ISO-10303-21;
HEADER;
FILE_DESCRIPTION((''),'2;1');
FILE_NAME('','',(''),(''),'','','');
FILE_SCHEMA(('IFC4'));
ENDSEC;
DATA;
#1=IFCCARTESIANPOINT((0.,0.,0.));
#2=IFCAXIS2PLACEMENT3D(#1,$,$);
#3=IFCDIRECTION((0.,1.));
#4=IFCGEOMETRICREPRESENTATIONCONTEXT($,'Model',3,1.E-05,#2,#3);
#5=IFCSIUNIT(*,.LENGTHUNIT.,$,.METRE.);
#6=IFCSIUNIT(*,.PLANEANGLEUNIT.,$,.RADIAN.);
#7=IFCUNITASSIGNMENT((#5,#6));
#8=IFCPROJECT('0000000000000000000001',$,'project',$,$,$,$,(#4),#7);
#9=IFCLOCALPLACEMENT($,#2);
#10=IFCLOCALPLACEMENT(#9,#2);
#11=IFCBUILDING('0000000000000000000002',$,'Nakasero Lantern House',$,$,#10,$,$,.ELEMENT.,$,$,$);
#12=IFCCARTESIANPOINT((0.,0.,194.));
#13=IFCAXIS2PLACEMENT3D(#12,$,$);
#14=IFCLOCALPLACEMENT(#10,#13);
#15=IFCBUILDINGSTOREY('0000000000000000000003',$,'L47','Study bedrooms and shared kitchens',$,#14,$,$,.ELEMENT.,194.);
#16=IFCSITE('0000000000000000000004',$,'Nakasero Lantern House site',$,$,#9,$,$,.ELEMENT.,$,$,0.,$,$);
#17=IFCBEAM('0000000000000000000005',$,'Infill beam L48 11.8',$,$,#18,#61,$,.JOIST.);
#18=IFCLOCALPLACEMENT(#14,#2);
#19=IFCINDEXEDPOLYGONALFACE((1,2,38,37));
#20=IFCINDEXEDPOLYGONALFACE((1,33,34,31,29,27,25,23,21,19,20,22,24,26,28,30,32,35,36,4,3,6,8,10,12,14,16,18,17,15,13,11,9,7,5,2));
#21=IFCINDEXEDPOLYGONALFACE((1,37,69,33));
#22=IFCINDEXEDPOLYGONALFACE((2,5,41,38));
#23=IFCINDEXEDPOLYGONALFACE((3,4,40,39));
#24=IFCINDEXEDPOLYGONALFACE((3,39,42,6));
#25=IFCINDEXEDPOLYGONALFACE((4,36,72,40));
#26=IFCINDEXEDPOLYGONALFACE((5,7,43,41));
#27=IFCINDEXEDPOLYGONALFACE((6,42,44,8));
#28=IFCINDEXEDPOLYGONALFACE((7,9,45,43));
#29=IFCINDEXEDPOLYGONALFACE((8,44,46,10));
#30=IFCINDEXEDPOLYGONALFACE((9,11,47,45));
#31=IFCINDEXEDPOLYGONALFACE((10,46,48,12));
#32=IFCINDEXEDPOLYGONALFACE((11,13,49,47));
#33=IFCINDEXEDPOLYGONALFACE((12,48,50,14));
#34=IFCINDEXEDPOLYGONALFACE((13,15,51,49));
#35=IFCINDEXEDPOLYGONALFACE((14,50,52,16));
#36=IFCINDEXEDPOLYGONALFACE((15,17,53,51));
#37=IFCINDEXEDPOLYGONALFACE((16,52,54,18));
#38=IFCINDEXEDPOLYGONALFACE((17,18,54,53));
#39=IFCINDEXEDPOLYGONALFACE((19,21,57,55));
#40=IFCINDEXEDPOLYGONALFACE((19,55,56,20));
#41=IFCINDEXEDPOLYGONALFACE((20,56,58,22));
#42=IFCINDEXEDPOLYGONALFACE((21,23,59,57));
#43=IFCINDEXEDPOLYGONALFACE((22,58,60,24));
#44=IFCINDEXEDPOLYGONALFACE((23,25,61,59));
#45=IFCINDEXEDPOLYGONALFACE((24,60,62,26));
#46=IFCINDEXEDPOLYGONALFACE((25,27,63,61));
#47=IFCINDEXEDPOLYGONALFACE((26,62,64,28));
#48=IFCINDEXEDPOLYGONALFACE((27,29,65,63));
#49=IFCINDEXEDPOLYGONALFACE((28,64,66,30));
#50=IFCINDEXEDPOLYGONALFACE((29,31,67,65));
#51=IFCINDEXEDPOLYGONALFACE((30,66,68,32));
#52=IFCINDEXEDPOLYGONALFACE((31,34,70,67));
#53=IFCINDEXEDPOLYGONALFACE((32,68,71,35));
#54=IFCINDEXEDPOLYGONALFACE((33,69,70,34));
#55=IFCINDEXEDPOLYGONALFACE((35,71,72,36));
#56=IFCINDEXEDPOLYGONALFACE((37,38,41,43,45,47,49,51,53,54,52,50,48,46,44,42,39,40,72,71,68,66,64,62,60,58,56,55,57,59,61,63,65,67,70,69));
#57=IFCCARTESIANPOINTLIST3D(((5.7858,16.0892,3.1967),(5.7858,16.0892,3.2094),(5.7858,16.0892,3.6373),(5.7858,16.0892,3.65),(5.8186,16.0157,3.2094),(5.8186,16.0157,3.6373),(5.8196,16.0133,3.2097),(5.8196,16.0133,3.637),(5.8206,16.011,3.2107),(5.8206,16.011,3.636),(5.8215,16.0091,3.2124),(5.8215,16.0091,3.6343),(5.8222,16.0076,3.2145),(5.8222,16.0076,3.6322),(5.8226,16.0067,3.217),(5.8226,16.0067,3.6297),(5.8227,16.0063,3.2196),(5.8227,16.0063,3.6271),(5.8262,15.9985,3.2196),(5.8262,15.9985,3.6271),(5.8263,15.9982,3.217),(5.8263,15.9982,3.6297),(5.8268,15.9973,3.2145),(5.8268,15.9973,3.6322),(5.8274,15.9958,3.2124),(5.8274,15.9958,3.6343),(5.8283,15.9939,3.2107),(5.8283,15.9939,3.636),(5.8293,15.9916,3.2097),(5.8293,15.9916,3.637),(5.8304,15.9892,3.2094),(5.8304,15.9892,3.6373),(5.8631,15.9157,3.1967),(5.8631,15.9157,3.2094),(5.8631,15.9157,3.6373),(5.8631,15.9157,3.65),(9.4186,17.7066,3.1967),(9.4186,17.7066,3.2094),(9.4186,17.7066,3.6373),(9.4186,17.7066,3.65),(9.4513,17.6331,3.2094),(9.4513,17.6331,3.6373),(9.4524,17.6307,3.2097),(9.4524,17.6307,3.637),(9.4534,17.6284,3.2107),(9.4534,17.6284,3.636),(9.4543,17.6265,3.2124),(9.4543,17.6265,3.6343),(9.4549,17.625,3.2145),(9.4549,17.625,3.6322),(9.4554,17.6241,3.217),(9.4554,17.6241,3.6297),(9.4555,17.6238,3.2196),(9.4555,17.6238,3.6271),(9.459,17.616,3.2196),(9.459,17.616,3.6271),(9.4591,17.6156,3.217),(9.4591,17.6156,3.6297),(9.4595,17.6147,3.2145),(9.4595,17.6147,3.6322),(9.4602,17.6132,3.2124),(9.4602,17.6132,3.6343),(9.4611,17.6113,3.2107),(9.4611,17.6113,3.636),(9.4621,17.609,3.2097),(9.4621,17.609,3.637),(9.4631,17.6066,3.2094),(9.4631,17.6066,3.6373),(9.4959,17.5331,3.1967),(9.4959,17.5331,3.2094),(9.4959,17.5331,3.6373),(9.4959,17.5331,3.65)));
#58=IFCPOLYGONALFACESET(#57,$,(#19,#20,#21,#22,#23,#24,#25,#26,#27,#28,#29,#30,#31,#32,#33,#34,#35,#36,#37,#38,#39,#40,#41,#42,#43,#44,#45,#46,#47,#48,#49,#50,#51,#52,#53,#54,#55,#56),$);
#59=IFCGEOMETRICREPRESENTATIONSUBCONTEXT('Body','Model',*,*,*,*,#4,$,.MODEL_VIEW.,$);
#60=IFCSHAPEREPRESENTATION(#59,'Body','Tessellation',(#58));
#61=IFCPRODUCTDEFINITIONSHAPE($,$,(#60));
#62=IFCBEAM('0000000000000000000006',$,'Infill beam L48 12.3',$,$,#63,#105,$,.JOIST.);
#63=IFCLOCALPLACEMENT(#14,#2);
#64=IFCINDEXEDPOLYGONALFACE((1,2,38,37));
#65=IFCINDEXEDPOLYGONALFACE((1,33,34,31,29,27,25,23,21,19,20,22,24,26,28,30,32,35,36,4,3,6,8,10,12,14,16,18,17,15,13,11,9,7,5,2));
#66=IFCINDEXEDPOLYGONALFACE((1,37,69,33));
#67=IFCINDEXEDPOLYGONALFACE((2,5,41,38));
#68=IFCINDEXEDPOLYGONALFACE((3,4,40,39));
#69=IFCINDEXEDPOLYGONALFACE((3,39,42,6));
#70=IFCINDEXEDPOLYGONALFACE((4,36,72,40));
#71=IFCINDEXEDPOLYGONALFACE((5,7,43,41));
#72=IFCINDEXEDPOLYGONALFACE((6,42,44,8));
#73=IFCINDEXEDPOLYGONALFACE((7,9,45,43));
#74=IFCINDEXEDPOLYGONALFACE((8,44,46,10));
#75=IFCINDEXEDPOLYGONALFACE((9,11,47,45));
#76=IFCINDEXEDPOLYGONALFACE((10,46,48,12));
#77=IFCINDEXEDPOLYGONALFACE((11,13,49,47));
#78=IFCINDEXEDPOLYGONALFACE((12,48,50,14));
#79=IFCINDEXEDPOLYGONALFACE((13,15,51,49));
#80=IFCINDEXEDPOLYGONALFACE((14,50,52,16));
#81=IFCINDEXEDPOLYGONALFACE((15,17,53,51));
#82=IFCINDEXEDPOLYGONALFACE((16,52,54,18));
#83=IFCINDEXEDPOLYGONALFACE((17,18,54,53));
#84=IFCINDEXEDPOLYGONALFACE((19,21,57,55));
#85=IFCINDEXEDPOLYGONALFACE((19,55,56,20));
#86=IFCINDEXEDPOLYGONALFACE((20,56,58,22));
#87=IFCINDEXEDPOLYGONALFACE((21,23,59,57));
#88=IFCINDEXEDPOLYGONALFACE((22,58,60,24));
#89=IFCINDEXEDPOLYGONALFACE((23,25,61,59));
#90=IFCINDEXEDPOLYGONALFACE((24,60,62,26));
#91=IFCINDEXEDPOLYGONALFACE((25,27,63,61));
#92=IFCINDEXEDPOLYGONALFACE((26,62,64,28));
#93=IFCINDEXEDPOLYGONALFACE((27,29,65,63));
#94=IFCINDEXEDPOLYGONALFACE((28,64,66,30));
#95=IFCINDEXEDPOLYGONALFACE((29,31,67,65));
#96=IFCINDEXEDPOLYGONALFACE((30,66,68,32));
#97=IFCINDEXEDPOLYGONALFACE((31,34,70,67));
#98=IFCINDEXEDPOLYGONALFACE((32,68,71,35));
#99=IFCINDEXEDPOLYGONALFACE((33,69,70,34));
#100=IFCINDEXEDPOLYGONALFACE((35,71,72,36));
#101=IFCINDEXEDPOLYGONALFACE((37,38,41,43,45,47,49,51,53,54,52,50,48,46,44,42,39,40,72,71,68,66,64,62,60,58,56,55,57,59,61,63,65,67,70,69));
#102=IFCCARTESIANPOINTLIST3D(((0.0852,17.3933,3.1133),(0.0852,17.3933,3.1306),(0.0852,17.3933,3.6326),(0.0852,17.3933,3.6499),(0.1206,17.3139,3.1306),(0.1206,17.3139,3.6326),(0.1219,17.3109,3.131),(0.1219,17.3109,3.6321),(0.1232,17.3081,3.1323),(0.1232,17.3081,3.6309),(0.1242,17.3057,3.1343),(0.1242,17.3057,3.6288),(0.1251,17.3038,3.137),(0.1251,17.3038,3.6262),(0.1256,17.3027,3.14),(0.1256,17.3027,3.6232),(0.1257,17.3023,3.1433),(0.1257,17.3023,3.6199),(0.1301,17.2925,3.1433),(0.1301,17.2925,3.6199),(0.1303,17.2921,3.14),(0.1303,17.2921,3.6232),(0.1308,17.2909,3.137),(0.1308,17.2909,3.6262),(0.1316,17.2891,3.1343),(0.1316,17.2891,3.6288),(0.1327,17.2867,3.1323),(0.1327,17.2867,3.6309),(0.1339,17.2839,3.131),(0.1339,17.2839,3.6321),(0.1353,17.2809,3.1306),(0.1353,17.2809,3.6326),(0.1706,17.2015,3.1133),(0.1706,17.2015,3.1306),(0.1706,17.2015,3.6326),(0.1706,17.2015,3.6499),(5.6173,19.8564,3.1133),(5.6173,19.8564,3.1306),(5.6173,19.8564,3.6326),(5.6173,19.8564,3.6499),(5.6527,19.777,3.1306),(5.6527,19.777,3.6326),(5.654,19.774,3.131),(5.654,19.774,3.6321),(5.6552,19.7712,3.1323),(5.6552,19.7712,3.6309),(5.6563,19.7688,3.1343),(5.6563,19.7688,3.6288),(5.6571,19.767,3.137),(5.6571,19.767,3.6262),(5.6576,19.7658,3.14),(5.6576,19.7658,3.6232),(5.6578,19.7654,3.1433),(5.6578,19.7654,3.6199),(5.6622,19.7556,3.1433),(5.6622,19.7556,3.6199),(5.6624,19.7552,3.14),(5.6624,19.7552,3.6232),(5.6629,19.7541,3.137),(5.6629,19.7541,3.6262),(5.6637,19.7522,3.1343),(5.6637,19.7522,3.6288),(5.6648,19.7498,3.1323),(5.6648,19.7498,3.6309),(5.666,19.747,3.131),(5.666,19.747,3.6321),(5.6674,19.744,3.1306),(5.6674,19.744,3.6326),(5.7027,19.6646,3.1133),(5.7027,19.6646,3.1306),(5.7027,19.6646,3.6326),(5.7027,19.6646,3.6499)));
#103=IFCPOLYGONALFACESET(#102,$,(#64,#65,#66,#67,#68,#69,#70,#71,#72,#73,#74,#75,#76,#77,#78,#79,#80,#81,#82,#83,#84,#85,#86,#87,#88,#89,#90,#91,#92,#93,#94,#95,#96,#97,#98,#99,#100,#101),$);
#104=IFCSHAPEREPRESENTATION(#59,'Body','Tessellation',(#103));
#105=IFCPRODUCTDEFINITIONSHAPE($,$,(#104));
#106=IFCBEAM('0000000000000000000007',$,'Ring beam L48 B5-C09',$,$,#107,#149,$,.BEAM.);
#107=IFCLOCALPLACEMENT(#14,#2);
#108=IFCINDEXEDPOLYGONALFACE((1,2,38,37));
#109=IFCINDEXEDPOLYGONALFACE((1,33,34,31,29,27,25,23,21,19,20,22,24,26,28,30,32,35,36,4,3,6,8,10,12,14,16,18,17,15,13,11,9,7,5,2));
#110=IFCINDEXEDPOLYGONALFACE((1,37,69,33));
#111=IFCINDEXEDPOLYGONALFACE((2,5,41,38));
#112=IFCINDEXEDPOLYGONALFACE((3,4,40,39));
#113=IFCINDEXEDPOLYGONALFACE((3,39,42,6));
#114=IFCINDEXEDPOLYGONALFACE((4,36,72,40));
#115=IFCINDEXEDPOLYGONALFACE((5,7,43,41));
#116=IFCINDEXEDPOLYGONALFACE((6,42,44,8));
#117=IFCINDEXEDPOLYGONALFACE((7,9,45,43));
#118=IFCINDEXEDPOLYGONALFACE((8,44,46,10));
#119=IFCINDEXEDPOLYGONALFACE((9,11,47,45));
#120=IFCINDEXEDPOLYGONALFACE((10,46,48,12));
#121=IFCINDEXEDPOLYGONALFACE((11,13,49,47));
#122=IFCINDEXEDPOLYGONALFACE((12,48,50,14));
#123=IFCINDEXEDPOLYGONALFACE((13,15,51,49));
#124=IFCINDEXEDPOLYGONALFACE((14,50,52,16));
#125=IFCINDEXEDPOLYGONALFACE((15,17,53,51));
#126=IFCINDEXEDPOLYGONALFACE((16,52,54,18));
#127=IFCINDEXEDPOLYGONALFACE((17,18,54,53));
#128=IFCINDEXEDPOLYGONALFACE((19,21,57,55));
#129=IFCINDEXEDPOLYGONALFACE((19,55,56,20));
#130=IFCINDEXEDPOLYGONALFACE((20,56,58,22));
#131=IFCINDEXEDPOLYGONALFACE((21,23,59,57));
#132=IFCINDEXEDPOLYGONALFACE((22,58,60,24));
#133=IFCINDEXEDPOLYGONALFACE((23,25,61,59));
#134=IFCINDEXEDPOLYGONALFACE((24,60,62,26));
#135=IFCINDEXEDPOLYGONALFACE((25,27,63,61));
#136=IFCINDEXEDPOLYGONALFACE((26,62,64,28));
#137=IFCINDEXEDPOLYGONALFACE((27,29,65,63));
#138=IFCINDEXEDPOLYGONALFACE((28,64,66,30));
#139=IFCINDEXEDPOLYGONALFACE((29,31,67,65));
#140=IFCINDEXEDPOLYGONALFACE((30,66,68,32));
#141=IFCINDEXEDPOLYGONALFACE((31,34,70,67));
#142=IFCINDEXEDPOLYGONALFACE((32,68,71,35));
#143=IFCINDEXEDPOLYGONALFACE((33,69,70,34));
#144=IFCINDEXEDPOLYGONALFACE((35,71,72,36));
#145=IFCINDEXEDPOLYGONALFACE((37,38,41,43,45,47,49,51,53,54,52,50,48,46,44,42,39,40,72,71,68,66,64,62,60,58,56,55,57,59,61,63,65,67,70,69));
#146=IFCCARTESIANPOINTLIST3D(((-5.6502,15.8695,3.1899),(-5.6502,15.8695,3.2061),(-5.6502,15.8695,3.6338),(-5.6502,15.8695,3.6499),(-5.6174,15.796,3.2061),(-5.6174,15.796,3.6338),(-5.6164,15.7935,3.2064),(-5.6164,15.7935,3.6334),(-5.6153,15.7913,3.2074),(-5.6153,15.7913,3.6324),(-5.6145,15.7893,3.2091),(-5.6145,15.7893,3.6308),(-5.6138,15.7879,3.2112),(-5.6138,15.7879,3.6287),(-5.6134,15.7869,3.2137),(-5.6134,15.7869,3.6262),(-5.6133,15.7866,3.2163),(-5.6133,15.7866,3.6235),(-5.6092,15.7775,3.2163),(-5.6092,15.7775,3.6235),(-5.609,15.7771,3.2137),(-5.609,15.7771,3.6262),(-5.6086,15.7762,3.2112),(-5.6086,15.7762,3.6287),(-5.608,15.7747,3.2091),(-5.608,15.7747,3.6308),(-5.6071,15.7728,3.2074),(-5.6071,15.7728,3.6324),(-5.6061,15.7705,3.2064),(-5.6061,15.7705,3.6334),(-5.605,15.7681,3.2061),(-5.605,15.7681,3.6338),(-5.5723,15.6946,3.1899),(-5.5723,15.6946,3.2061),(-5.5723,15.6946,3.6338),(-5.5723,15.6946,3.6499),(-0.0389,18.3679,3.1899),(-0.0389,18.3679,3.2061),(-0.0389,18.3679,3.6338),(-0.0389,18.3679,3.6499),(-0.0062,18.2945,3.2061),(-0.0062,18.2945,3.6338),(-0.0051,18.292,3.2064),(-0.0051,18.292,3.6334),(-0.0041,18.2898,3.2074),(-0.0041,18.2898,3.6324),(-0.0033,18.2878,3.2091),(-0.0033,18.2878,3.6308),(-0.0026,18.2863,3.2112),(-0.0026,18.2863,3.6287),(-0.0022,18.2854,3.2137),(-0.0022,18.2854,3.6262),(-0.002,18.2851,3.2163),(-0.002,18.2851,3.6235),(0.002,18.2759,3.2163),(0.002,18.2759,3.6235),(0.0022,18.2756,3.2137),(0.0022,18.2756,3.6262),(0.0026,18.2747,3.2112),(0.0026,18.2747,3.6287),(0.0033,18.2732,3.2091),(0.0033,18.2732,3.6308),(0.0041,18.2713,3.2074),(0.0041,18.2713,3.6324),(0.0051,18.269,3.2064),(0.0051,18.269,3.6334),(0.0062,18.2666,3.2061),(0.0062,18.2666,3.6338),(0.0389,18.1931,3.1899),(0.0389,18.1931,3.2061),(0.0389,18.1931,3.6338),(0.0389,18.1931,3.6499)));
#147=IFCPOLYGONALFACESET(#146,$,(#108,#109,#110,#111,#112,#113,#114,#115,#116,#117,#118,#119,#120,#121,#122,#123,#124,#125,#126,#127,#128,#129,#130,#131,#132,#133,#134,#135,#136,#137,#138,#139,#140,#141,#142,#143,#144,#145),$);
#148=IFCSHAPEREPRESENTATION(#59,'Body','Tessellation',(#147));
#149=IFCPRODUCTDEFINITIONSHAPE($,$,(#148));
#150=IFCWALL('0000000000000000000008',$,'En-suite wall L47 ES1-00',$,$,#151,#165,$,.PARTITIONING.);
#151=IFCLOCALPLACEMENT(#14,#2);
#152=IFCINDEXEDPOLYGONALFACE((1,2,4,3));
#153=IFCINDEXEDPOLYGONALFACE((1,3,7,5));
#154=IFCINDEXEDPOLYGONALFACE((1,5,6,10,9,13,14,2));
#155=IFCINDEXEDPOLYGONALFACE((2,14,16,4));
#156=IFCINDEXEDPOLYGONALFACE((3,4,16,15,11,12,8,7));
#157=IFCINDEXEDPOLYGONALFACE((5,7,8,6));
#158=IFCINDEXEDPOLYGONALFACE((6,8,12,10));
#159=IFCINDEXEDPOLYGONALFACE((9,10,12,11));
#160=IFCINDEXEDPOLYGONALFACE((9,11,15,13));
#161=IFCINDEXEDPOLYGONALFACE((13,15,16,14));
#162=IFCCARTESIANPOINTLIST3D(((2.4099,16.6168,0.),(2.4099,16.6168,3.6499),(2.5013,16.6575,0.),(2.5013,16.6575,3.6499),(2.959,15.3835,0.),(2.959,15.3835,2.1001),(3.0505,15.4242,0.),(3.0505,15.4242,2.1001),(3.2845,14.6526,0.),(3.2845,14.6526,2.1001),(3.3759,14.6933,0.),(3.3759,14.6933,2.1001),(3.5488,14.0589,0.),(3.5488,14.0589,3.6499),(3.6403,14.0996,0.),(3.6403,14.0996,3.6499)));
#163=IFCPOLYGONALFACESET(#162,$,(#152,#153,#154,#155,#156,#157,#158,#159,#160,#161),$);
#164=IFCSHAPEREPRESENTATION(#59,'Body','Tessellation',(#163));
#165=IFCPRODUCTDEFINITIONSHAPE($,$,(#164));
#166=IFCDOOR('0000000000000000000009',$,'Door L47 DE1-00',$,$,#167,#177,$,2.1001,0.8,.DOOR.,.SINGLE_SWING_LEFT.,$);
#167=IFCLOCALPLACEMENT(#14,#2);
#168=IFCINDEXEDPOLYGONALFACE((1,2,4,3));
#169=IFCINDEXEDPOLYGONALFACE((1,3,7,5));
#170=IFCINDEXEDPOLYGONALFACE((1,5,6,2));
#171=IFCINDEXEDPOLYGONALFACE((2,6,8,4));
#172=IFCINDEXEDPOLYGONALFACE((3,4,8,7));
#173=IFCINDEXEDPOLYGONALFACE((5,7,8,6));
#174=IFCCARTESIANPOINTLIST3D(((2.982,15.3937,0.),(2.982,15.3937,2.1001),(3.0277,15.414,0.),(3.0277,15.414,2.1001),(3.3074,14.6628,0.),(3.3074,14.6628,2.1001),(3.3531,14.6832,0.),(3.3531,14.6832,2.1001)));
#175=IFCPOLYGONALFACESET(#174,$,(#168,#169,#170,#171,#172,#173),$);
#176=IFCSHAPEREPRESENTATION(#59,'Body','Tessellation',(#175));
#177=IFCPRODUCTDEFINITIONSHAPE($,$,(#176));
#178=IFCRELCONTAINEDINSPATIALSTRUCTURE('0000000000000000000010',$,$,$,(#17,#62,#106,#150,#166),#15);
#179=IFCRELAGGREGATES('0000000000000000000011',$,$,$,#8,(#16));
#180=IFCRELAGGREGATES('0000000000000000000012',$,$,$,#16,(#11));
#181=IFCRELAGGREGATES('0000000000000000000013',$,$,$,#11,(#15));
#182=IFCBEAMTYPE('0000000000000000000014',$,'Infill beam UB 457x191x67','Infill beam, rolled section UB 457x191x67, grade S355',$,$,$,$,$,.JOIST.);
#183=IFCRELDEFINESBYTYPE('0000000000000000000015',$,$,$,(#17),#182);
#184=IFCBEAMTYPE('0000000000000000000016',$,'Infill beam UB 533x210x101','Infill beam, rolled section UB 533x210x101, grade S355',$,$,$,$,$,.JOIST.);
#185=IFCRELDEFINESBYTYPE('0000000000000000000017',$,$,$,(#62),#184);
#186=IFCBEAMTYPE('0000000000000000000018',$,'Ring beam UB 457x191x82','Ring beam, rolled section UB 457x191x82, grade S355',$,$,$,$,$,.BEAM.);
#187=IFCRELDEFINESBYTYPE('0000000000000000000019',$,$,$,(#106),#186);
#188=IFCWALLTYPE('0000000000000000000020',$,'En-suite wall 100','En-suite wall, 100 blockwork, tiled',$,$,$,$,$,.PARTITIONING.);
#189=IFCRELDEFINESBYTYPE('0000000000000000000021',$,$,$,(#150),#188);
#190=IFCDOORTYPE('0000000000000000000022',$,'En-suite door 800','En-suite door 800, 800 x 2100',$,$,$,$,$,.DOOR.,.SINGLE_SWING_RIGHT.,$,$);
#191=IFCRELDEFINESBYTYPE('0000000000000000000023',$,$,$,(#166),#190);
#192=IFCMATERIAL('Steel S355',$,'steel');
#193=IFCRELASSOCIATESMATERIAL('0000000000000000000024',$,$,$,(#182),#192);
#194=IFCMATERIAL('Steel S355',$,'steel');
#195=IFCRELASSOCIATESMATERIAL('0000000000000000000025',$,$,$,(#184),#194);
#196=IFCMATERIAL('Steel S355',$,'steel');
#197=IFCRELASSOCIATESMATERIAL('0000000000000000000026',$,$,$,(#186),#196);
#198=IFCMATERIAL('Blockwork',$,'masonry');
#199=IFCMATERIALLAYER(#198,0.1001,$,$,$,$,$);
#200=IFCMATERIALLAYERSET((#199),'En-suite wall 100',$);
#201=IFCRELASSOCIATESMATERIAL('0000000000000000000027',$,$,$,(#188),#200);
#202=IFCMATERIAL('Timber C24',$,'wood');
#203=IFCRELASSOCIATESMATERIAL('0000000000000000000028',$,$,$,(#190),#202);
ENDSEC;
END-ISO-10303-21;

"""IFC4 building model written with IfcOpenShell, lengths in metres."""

from ifc_helpers import new_model, si_unit, direction, frame, frame_2d, origin, origin_2d, place, context, subcontext, project, spatial, rectangle, i_section, extrude, material, layer, layer_set, material_profile, profile_set, type_object, element, fill, save


model = new_model("IFC4")

# Units and contexts
model_context = context("Model", 3, precision=1e-05, world=origin(), true_north=direction((0.0, 1.0)))
body_context = subcontext(model_context, "Body", "Model", "MODEL_VIEW")
ifc_project = project(units=[si_unit("LENGTHUNIT", "METRE"), si_unit("PLANEANGLEUNIT", "RADIAN")], contexts=[model_context])

# Site, building, storey
site_placement = place(None, origin())
site = spatial("IfcSite", under=ifc_project, at=site_placement, Name="Nakasero Lantern House site", CompositionType="ELEMENT", RefElevation=0.0)
building_placement = place(site_placement, origin())
building = spatial("IfcBuilding", under=site, at=building_placement, Name="Nakasero Lantern House", CompositionType="ELEMENT")
storey_placement = place(building_placement, frame((0.0, 0.0, 194.0)))
storey = spatial("IfcBuildingStorey", under=building, at=storey_placement, Name="L47", Description="Study bedrooms and shared kitchens", CompositionType="ELEMENT", Elevation=194.0)

# Beams
ifc_material_1 = material(Name="Steel S355", Category="steel")
ifc_material_profile_1 = material_profile(ifc_material_1, i_section(OverallWidth=0.1899, OverallDepth=0.4534, WebThickness=0.0085, FlangeThickness=0.0127, FilletRadius=0.0103, at=origin_2d()), Name="UB 457x191x67")
ifc_profile_set_1 = profile_set([ifc_material_profile_1], Name="Steel S355")
beam_type_1 = type_object("IfcBeamType", Name="Infill beam UB 457x191x67", Description="Infill beam, rolled section UB 457x191x67, grade S355", PredefinedType="JOIST", material=ifc_profile_set_1)
beam_1_placement = place(storey_placement, frame((5.8245, 16.0024, 3.4233), z_axis=(0.913546, 0.406736, 0.0), x_axis=(-0.406736, 0.913546, 0.0)))
element("IfcBeam", 1, at=beam_1_placement, inside=storey, type_object=beam_type_1, Name="Infill beam L48 11.8", PredefinedType="JOIST", context=body_context, shape_type="SweptSolid", body=[
    extrude(i_section(OverallWidth=0.1899, OverallDepth=0.4534, WebThickness=0.0085, FlangeThickness=0.0127, FilletRadius=0.0103, at=origin_2d()), origin(), (0.0, 0.0, 1.0), 3.9766),
])
ifc_material_2 = material(Name="Steel S355", Category="steel")
ifc_material_profile_2 = material_profile(ifc_material_2, i_section(OverallWidth=0.21, OverallDepth=0.5366, WebThickness=0.0107, FlangeThickness=0.0173, FilletRadius=0.0127, at=origin_2d()), Name="UB 533x210x101")
ifc_profile_set_2 = profile_set([ifc_material_profile_2], Name="Steel S355")
beam_type_2 = type_object("IfcBeamType", Name="Infill beam UB 533x210x101", Description="Infill beam, rolled section UB 533x210x101, grade S355", PredefinedType="JOIST", material=ifc_profile_set_2)
beam_2_placement = place(storey_placement, frame((0.1279, 17.2974, 3.3816), z_axis=(0.913537, 0.406756, 0.0), x_axis=(-0.406756, 0.913537, 0.0)))
element("IfcBeam", 2, at=beam_2_placement, inside=storey, type_object=beam_type_2, Name="Infill beam L48 12.3", PredefinedType="JOIST", context=body_context, shape_type="SweptSolid", body=[
    extrude(i_section(OverallWidth=0.21, OverallDepth=0.5366, WebThickness=0.0107, FlangeThickness=0.0173, FilletRadius=0.0127, at=origin_2d()), origin(), (0.0, 0.0, 1.0), 6.0557),
])
ifc_material_3 = material(Name="Steel S355", Category="steel")
ifc_material_profile_3 = material_profile(ifc_material_3, i_section(OverallWidth=0.1914, OverallDepth=0.46, WebThickness=0.01, FlangeThickness=0.0161, FilletRadius=0.0103, at=origin_2d()), Name="UB 457x191x82")
ifc_profile_set_3 = profile_set([ifc_material_profile_3], Name="Steel S355")
beam_type_3 = type_object("IfcBeamType", Name="Ring beam UB 457x191x82", Description="Ring beam, rolled section UB 457x191x82, grade S355", PredefinedType="BEAM", material=ifc_profile_set_3)
beam_3_placement = place(storey_placement, frame((0.0, 18.2805, 3.4199), z_axis=(-0.913533, -0.406765, 0.0), x_axis=(0.406765, -0.913533, 0.0)))
element("IfcBeam", 3, at=beam_3_placement, inside=storey, type_object=beam_type_3, Name="Ring beam L48 B5-C09", PredefinedType="BEAM", context=body_context, shape_type="SweptSolid", body=[
    extrude(i_section(OverallWidth=0.1914, OverallDepth=0.46, WebThickness=0.01, FlangeThickness=0.0161, FilletRadius=0.0103, at=origin_2d()), origin(), (0.0, 0.0, 1.0), 6.1423),
])

# Wall, opening, door
ifc_material_4 = material(Name="Blockwork", Category="masonry")
ifc_layer_1 = layer(ifc_material_4, 0.1001)
ifc_layer_set_1 = layer_set([ifc_layer_1], Name="En-suite wall 100")
wall_type_1 = type_object("IfcWallType", Name="En-suite wall 100", Description="En-suite wall, 100 blockwork, tiled", PredefinedType="PARTITIONING", material=ifc_layer_set_1)
wall_1_placement = place(storey_placement, frame((3.5945, 14.0793, 0.0), z_axis=(0.0, 0.0, 1.0), x_axis=(-0.406761, 0.913534, 0.0)))
wall_1 = element("IfcWall", 4, at=wall_1_placement, inside=storey, type_object=wall_type_1, Name="En-suite wall L47 ES1-00", PredefinedType="PARTITIONING", context=body_context, shape_type="SweptSolid", body=[
    extrude(rectangle(XDim=2.8, YDim=0.1001, at=frame_2d((1.3999, 0.0))), origin(), (0.0, 0.0, 1.0), 3.6499),
])
opening_1_placement = place(wall_1_placement, frame((0.6499, 0.0, 0.0)))
opening_1 = element("IfcOpeningElement", 5, at=opening_1_placement, cuts=wall_1, PredefinedType="OPENING", context=body_context, shape_type="SweptSolid", body=[
    extrude(rectangle(XDim=0.8, YDim=2.1001, at=frame_2d((0.3999, 1.05))), frame((0.0, 0.0701, 0.0), z_axis=(0.0, -1.0, 0.0), x_axis=(1.0, 0.0, 0.0)), (0.0, 0.0, 1.0), 0.1401),
])
ifc_material_5 = material(Name="Timber C24", Category="wood")
door_type_1 = type_object("IfcDoorType", Name="En-suite door 800", Description="En-suite door 800, 800 x 2100", OperationType="SINGLE_SWING_RIGHT", PredefinedType="DOOR", material=ifc_material_5)
door_1_placement = place(opening_1_placement, origin())
door_1 = element("IfcDoor", 6, at=door_1_placement, inside=storey, type_object=door_type_1, Name="Door L47 DE1-00", OperationType="SINGLE_SWING_LEFT", OverallHeight=2.1001, OverallWidth=0.8, PredefinedType="DOOR", context=body_context, shape_type="SweptSolid", body=[
    extrude(rectangle(XDim=0.8, YDim=2.1001, at=frame_2d((0.3999, 1.05))), frame((0.0, 0.0249, 0.0), z_axis=(0.0, -1.0, 0.0), x_axis=(1.0, 0.0, 0.0)), (0.0, 0.0, 1.0), 0.05),
])
fill(opening_1, door_1)

save(model, "model.ifc")
